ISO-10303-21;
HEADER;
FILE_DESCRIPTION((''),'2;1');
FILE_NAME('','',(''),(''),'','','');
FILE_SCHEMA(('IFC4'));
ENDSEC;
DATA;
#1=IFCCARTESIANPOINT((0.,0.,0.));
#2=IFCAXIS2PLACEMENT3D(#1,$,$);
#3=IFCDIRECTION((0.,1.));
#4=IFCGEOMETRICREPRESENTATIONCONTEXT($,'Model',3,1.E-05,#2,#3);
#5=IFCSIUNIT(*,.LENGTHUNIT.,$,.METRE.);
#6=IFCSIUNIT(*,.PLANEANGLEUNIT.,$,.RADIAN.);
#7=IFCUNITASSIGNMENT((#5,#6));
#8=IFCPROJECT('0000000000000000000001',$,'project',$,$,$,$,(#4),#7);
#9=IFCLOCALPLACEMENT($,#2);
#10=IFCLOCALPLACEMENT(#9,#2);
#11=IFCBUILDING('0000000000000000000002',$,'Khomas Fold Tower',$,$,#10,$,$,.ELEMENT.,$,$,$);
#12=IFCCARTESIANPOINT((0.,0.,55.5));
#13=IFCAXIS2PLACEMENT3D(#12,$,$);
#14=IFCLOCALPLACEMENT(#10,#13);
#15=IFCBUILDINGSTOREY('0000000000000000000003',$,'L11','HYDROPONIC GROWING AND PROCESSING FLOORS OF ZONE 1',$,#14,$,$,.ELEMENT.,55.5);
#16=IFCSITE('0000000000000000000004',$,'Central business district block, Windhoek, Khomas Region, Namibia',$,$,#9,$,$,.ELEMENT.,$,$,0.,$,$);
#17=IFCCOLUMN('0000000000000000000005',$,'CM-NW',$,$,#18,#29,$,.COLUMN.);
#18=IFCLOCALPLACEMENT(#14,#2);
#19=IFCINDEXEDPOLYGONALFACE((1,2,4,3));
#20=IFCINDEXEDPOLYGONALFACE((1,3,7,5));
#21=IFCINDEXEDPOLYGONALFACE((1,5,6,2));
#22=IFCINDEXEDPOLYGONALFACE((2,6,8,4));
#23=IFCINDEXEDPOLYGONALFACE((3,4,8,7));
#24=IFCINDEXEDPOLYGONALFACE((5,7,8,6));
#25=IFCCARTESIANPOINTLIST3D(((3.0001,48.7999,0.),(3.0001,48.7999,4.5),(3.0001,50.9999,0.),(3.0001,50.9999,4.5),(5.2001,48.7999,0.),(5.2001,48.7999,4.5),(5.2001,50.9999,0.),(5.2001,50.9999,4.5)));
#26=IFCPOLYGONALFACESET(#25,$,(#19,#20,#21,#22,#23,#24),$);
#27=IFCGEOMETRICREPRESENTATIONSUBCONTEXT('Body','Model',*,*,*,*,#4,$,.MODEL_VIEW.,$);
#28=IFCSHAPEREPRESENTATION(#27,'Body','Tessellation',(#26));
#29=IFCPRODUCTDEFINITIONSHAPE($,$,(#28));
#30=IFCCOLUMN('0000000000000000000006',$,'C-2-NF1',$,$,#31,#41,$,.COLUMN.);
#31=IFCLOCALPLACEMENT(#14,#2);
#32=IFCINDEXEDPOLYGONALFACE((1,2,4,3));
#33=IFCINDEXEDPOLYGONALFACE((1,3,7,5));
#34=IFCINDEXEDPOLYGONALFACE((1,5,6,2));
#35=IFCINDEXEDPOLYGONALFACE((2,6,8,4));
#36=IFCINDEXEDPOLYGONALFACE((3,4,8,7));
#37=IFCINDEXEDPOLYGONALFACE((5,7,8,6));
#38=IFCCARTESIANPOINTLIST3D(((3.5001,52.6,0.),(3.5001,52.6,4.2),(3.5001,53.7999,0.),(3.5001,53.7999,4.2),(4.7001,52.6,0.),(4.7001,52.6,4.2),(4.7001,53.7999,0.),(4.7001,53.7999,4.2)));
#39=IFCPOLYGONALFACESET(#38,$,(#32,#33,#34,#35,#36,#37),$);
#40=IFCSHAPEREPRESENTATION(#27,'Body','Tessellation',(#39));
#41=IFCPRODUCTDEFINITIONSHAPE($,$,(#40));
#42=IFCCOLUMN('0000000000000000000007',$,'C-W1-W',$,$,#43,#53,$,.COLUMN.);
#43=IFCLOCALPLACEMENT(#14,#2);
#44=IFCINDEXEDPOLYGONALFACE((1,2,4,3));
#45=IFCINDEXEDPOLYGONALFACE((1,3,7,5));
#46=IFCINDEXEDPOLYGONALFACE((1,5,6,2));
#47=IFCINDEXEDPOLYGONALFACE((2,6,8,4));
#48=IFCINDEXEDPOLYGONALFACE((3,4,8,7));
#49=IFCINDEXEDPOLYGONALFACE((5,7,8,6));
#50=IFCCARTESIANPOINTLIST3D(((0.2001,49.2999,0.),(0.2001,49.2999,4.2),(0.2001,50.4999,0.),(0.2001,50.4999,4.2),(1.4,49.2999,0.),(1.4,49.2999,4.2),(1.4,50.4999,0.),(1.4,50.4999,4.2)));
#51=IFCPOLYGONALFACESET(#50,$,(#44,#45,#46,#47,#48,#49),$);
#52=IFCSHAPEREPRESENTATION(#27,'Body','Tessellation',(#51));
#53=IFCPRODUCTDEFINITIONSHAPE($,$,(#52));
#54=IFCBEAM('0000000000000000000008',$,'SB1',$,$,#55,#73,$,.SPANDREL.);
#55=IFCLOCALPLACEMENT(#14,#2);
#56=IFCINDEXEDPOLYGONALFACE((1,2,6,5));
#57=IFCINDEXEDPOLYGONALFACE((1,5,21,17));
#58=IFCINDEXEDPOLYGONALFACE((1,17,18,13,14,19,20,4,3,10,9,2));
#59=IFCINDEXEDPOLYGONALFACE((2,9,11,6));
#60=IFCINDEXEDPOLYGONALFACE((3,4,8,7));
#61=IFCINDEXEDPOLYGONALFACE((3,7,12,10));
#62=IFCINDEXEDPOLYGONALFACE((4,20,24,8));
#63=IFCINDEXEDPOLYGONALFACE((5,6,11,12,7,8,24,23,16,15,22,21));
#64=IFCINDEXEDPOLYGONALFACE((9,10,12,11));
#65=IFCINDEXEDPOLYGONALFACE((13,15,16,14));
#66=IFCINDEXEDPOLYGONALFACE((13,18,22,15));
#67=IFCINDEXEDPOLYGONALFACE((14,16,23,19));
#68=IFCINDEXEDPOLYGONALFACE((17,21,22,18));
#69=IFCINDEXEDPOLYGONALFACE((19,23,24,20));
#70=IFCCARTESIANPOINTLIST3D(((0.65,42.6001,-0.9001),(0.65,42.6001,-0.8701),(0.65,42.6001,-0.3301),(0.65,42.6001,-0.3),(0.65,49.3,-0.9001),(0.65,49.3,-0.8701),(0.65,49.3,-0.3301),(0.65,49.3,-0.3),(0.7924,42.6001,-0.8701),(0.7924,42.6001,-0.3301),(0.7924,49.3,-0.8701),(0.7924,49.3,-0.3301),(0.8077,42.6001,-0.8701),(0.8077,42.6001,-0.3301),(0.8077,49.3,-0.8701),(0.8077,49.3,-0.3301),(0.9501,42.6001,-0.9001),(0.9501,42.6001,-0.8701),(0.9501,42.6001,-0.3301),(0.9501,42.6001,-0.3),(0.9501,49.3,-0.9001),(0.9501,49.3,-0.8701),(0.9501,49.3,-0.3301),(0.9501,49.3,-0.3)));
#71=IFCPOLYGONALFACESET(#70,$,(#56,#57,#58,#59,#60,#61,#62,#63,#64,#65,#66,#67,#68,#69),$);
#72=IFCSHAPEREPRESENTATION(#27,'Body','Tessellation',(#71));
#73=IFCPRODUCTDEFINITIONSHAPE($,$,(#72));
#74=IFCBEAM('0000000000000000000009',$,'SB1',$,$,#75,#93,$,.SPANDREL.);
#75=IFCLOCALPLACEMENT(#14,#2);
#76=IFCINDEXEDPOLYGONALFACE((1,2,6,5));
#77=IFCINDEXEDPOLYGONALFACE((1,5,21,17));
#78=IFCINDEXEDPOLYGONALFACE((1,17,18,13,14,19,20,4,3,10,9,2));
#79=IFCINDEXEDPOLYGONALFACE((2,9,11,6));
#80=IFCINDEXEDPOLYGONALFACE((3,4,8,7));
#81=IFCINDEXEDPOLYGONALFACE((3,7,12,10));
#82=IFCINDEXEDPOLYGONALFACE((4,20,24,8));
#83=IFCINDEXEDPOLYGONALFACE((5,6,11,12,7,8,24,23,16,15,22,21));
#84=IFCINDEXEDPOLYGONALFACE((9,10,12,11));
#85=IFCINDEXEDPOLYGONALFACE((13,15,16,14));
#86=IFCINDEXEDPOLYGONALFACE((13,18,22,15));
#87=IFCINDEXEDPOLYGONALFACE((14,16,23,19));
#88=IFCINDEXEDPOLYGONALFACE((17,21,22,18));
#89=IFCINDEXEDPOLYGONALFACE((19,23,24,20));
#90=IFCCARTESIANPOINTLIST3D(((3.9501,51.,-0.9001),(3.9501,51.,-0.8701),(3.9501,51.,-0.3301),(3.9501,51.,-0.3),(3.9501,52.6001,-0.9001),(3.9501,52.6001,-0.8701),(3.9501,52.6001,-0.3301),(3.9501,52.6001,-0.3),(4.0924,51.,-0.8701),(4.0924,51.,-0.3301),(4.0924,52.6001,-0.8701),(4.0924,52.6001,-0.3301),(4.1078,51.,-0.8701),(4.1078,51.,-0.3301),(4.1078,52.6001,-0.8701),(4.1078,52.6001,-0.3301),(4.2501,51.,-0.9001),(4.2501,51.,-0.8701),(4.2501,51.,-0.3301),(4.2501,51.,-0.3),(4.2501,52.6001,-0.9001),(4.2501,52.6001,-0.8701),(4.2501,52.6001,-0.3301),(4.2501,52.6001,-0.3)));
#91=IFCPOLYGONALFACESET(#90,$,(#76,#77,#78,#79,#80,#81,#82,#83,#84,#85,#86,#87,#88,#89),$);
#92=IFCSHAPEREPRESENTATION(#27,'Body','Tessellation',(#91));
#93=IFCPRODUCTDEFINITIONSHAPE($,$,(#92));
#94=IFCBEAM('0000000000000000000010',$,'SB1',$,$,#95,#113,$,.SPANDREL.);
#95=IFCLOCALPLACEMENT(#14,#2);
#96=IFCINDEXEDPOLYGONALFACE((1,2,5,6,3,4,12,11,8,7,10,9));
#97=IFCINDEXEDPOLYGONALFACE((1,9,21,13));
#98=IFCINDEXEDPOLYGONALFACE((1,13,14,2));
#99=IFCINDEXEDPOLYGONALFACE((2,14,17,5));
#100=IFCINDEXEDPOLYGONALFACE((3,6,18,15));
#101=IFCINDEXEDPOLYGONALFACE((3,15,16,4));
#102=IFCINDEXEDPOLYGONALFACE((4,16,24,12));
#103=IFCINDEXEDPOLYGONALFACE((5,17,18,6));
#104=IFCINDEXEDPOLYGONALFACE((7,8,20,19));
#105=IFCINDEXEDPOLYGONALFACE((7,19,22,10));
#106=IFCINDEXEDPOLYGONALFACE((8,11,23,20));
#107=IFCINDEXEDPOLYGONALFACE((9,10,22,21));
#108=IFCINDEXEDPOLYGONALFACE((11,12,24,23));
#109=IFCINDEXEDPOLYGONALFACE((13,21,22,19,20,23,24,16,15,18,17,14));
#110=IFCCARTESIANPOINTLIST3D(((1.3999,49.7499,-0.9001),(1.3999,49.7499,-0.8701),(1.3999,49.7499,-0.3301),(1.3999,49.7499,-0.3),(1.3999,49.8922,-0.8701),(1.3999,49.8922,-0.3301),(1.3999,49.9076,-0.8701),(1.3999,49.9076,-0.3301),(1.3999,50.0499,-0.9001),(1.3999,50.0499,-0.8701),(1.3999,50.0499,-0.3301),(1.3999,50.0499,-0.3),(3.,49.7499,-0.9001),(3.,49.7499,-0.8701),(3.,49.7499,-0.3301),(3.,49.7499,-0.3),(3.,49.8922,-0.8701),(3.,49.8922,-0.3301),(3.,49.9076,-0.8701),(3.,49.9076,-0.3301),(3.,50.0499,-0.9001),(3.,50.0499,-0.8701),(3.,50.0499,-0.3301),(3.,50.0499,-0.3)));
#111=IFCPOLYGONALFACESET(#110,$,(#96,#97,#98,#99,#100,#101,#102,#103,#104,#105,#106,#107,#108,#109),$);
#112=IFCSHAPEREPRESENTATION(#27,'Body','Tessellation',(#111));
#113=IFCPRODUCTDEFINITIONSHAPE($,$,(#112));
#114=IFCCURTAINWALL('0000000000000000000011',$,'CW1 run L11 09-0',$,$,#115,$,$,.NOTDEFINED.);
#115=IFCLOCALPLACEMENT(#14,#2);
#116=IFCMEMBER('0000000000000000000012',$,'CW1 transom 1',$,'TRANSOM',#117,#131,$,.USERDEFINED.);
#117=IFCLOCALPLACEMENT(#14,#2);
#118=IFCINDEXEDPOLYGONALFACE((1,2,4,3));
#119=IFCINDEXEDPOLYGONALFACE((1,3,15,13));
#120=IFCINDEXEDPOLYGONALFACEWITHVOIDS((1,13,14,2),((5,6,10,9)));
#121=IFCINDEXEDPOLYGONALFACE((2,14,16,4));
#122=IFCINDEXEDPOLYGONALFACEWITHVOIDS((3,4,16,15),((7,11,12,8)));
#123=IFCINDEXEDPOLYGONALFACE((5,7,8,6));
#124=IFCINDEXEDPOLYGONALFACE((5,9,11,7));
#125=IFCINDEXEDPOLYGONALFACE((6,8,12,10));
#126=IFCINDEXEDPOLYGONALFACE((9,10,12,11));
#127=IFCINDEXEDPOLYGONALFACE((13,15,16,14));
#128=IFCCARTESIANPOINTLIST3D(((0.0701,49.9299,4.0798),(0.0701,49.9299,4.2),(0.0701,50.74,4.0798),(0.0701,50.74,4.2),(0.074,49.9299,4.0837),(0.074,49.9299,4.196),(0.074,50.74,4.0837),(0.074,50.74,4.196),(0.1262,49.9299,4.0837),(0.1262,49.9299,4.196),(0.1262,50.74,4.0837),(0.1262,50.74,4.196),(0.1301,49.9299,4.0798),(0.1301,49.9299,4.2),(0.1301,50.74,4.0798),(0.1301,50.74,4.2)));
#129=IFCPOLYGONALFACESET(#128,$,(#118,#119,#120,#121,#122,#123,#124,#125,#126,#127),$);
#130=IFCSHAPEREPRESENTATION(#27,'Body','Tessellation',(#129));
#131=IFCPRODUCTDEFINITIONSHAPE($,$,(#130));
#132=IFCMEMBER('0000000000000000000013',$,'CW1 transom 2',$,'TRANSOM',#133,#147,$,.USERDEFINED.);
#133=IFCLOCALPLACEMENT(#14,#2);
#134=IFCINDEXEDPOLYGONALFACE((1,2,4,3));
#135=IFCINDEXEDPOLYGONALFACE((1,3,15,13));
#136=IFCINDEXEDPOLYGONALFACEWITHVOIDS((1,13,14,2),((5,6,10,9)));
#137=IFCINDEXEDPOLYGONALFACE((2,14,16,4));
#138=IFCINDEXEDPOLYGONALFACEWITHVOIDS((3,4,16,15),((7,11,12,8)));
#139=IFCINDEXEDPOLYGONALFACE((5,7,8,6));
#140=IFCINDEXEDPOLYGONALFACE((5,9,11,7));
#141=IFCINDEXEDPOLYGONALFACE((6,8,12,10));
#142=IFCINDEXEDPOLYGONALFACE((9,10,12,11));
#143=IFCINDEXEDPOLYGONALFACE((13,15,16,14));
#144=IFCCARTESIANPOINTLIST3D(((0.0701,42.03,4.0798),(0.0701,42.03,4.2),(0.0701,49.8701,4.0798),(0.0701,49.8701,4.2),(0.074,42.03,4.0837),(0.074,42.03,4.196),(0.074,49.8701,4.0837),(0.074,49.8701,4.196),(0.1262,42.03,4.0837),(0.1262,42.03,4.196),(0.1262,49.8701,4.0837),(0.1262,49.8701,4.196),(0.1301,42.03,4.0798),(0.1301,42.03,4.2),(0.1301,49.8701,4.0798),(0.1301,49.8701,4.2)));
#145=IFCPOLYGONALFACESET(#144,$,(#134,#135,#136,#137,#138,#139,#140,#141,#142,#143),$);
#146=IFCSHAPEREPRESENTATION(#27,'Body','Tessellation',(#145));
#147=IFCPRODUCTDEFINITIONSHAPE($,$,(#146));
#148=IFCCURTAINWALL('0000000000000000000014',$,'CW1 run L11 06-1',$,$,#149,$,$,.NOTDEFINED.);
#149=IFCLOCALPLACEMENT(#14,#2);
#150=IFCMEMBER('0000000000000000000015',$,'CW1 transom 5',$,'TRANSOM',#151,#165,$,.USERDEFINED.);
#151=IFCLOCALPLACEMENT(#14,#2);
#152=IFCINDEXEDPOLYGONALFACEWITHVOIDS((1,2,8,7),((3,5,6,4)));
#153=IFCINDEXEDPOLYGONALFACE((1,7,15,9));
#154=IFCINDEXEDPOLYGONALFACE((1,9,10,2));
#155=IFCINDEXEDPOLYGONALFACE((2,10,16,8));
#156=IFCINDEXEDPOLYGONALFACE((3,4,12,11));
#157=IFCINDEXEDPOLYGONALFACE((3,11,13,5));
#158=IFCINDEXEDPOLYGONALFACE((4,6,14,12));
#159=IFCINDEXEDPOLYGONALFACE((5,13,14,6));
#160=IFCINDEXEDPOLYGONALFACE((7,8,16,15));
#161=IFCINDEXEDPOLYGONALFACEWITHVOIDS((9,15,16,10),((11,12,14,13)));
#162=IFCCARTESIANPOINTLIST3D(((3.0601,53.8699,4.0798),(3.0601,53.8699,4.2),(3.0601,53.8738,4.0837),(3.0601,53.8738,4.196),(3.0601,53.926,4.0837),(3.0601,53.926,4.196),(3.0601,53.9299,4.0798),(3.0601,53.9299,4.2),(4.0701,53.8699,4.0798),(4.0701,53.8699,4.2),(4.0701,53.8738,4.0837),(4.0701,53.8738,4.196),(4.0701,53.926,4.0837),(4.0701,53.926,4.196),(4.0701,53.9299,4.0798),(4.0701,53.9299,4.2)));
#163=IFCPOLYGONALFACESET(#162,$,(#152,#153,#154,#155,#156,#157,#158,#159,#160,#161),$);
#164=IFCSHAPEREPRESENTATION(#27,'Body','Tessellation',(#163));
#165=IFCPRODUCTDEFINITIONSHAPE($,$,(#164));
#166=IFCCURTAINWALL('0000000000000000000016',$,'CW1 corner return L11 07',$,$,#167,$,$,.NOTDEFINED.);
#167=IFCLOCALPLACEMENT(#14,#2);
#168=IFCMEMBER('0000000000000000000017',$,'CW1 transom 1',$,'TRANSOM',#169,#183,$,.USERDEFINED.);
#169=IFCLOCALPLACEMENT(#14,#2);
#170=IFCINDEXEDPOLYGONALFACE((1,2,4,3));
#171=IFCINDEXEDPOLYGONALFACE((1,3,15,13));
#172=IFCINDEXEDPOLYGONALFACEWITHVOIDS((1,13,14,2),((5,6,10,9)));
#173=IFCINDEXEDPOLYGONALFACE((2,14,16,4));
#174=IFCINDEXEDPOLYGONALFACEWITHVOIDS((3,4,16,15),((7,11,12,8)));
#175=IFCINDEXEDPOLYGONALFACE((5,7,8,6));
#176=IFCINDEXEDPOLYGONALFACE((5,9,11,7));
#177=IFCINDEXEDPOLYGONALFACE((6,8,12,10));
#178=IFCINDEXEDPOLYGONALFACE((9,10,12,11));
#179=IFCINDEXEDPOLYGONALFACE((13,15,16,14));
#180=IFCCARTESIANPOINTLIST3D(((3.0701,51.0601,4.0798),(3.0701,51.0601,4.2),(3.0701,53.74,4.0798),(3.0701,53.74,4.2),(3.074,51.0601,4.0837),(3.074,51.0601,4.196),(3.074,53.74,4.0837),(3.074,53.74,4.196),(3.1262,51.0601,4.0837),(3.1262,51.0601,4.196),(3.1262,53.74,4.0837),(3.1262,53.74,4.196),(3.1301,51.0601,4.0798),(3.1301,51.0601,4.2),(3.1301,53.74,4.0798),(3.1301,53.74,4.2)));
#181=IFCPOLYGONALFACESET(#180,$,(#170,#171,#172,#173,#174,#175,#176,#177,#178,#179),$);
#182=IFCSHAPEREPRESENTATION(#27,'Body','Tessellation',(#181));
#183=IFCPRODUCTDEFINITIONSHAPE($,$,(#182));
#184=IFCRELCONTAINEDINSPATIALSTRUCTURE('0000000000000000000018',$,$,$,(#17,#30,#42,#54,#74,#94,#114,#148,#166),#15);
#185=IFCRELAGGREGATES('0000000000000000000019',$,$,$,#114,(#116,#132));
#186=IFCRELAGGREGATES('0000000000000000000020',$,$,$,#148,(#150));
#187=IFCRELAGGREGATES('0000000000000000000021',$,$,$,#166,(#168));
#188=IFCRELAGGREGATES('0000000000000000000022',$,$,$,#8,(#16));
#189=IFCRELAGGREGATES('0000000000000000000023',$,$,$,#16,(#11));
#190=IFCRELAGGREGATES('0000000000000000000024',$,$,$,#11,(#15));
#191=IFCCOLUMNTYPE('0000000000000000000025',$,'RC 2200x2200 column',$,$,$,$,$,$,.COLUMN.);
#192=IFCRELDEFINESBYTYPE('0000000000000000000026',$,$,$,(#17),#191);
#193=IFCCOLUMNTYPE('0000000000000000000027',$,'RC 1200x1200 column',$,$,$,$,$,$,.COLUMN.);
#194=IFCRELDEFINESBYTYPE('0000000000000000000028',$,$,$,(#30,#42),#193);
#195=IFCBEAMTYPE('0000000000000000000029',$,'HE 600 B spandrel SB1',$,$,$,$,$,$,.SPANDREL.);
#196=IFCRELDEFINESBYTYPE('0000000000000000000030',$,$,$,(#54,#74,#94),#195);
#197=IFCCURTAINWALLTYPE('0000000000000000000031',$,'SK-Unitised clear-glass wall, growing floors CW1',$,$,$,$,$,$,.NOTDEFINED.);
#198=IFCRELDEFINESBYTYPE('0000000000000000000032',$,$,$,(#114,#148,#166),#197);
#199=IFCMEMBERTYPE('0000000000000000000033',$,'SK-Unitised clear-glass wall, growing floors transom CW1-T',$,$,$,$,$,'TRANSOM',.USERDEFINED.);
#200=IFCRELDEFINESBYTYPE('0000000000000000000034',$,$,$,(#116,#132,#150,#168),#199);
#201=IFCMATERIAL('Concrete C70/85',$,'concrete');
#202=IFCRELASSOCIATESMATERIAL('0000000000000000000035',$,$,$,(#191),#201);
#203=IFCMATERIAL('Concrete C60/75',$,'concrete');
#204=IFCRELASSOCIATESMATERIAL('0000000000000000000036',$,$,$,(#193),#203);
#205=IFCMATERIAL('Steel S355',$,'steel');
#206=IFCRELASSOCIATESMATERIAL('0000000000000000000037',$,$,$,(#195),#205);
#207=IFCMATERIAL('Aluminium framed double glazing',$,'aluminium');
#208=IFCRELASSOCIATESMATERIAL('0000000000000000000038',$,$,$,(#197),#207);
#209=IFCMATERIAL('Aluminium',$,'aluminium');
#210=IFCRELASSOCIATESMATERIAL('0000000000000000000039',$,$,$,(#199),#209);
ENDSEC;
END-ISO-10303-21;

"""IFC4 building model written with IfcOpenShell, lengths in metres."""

from ifc_helpers import new_model, si_unit, direction, frame, origin, origin_2d, place, context, subcontext, project, spatial, rectangle, hollow_rectangle, i_section, extrude, source, transform, mapped, material, material_profile, profile_set, type_object, element, aggregate, save


model = new_model("IFC4")

# Units and contexts
model_context = context("Model", 3, precision=1e-05, world=origin(), true_north=direction((0.0, 1.0)))
body_context = subcontext(model_context, "Body", "Model", "MODEL_VIEW")
ifc_project = project(units=[si_unit("LENGTHUNIT", "METRE"), si_unit("PLANEANGLEUNIT", "RADIAN")], contexts=[model_context])

# Site, building, storey
site_placement = place(None, origin())
site = spatial("IfcSite", under=ifc_project, at=site_placement, Name="Central business district block, Windhoek, Khomas Region, Namibia", CompositionType="ELEMENT", RefElevation=0.0)
building_placement = place(site_placement, origin())
building = spatial("IfcBuilding", under=site, at=building_placement, Name="Khomas Fold Tower", CompositionType="ELEMENT")
storey_placement = place(building_placement, frame((0.0, 0.0, 55.5)))
storey = spatial("IfcBuildingStorey", under=building, at=storey_placement, Name="L11", Description="HYDROPONIC GROWING AND PROCESSING FLOORS OF ZONE 1", CompositionType="ELEMENT", Elevation=55.5)

# Columns
ifc_material_1 = material(Name="Concrete C70/85", Category="concrete")
ifc_material_profile_1 = material_profile(ifc_material_1, rectangle(XDim=2.2, YDim=2.2, at=origin_2d()), Name="RC 2200x2200")
ifc_profile_set_1 = profile_set([ifc_material_profile_1], Name="Concrete C70/85")
column_type_1 = type_object("IfcColumnType", Name="RC 2200x2200 column", PredefinedType="COLUMN", material=ifc_profile_set_1)
shared_shape_1 = source(origin(), body_context, "Body", "SweptSolid", [
    extrude(rectangle(XDim=2.2, YDim=2.2, at=origin_2d()), origin(), (0.0, 0.0, 1.0), 4.5),
])
column_placement = place(storey_placement, frame((4.1001, 49.8999, 0.0), z_axis=(0.0, 0.0, 1.0), x_axis=(1.0, 0.0, 0.0)))
element("IfcColumn", 1, at=column_placement, inside=storey, type_object=column_type_1, Name="CM-NW", PredefinedType="COLUMN", context=body_context, shape_type="MappedRepresentation", body=[
    mapped(shared_shape_1, transform((0.0, 0.0, 0.0))),
])
ifc_material_2 = material(Name="Concrete C60/75", Category="concrete")
ifc_material_profile_2 = material_profile(ifc_material_2, rectangle(XDim=1.2, YDim=1.2, at=origin_2d()), Name="RC 1200x1200")
ifc_profile_set_2 = profile_set([ifc_material_profile_2], Name="Concrete C60/75")
column_type_2 = type_object("IfcColumnType", Name="RC 1200x1200 column", PredefinedType="COLUMN", material=ifc_profile_set_2)
shared_shape_2 = source(origin(), body_context, "Body", "SweptSolid", [
    extrude(rectangle(XDim=1.2, YDim=1.2, at=origin_2d()), origin(), (0.0, 0.0, 1.0), 4.2),
])
for number, where, z_axis, x_axis, name in (
    (2, (4.1001, 53.2, 0.0), (0.0, 0.0, 1.0), (1.0, 0.0, 0.0), "C-2-NF1"),
    (3, (0.8, 49.8999, 0.0), (0.0, 0.0, 1.0), (1.0, 0.0, 0.0), "C-W1-W"),
):
    element("IfcColumn", number, at=place(storey_placement, frame(where, z_axis=z_axis, x_axis=x_axis)), inside=storey, type_object=column_type_2, Name=name, PredefinedType="COLUMN", context=body_context, shape_type="MappedRepresentation", body=[
        mapped(shared_shape_2, transform((0.0, 0.0, 0.0))),
    ])

# Beams
ifc_material_3 = material(Name="Steel S355", Category="steel")
ifc_material_profile_3 = material_profile(ifc_material_3, i_section(OverallWidth=0.3, OverallDepth=0.6001, WebThickness=0.0154, FlangeThickness=0.03, at=origin_2d()), Name="HE 600 B")
ifc_profile_set_3 = profile_set([ifc_material_profile_3], Name="Steel S355")
beam_type = type_object("IfcBeamType", Name="HE 600 B spandrel SB1", PredefinedType="SPANDREL", material=ifc_profile_set_3)
shared_shape_3 = source(origin(), body_context, "Body", "SweptSolid", [
    extrude(i_section(OverallWidth=0.3, OverallDepth=0.6001, WebThickness=0.0154, FlangeThickness=0.03, at=origin_2d()), origin(), (0.0, 0.0, 1.0), 6.7),
])
beam_placement = place(storey_placement, frame((0.8, 42.6001, -0.6001), z_axis=(0.0, 1.0, 0.0), x_axis=(-1.0, 0.0, 0.0)))
element("IfcBeam", 4, at=beam_placement, inside=storey, type_object=beam_type, Name="SB1", PredefinedType="SPANDREL", context=body_context, shape_type="MappedRepresentation", body=[
    mapped(shared_shape_3, transform((0.0, 0.0, 0.0))),
])
shared_shape_4 = source(origin(), body_context, "Body", "SweptSolid", [
    extrude(i_section(OverallWidth=0.3, OverallDepth=0.6001, WebThickness=0.0154, FlangeThickness=0.03, at=origin_2d()), origin(), (0.0, 0.0, 1.0), 1.6001),
])
for number, where, z_axis, x_axis, name in (
    (5, (4.1001, 51.0, -0.6001), (0.0, 1.0, 0.0), (-1.0, 0.0, 0.0), "SB1"),
    (6, (1.3999, 49.8999, -0.6001), (1.0, 0.0, 0.0), (0.0, 1.0, 0.0), "SB1"),
):
    element("IfcBeam", number, at=place(storey_placement, frame(where, z_axis=z_axis, x_axis=x_axis)), inside=storey, type_object=beam_type, Name=name, PredefinedType="SPANDREL", context=body_context, shape_type="MappedRepresentation", body=[
        mapped(shared_shape_4, transform((0.0, 0.0, 0.0))),
    ])

# Curtain wall, members
ifc_material_4 = material(Name="Aluminium framed double glazing", Category="aluminium")
curtain_wall_type = type_object("IfcCurtainWallType", Name="SK-Unitised clear-glass wall, growing floors CW1", PredefinedType="NOTDEFINED", material=ifc_material_4)
curtain_wall_1_placement = place(storey_placement, origin())
curtain_wall_1 = element("IfcCurtainWall", 7, at=curtain_wall_1_placement, inside=storey, type_object=curtain_wall_type, Name="CW1 run L11 09-0", PredefinedType="NOTDEFINED")
ifc_material_5 = material(Name="Aluminium", Category="aluminium")
ifc_material_profile_4 = material_profile(ifc_material_5, hollow_rectangle(XDim=0.0601, YDim=0.1201, WallThickness=0.0039, at=origin_2d()), Name="SK-Unitised clear-glass wall, growing floors transom CW1-T")
ifc_profile_set_4 = profile_set([ifc_material_profile_4], Name="Aluminium")
member_type_1 = type_object("IfcMemberType", Name="SK-Unitised clear-glass wall, growing floors transom CW1-T", ElementType="TRANSOM", PredefinedType="USERDEFINED", material=ifc_profile_set_4)
shared_shape_5 = source(origin(), body_context, "Body", "SweptSolid", [
    extrude(hollow_rectangle(XDim=0.0601, YDim=0.1201, WallThickness=0.0039, at=origin_2d()), origin(), (0.0, 0.0, 1.0), 0.8101),
])
member_1_placement = place(storey_placement, frame((0.1001, 50.74, 4.1399), z_axis=(0.0, -1.0, 0.0), x_axis=(1.0, 0.0, 0.0)))
member_1 = element("IfcMember", 8, at=member_1_placement, type_object=member_type_1, Name="CW1 transom 1", ObjectType="TRANSOM", PredefinedType="USERDEFINED", context=body_context, shape_type="MappedRepresentation", body=[
    mapped(shared_shape_5, transform((0.0, 0.0, 0.0))),
])
shared_shape_6 = source(origin(), body_context, "Body", "SweptSolid", [
    extrude(hollow_rectangle(XDim=0.0601, YDim=0.1201, WallThickness=0.0039, at=origin_2d()), origin(), (0.0, 0.0, 1.0), 7.8401),
])
member_2_placement = place(storey_placement, frame((0.1001, 49.8701, 4.1399), z_axis=(0.0, -1.0, 0.0), x_axis=(1.0, 0.0, 0.0)))
member_2 = element("IfcMember", 9, at=member_2_placement, type_object=member_type_1, Name="CW1 transom 2", ObjectType="TRANSOM", PredefinedType="USERDEFINED", context=body_context, shape_type="MappedRepresentation", body=[
    mapped(shared_shape_6, transform((0.0, 0.0, 0.0))),
])

# Curtain walls, members
curtain_wall_2_placement = place(storey_placement, origin())
curtain_wall_2 = element("IfcCurtainWall", 10, at=curtain_wall_2_placement, inside=storey, type_object=curtain_wall_type, Name="CW1 run L11 06-1", PredefinedType="NOTDEFINED")
shared_shape_7 = source(origin(), body_context, "Body", "SweptSolid", [
    extrude(hollow_rectangle(XDim=0.0601, YDim=0.1201, WallThickness=0.0039, at=origin_2d()), origin(), (0.0, 0.0, 1.0), 1.01),
])
member_3_placement = place(storey_placement, frame((4.0701, 53.8999, 4.1399), z_axis=(-1.0, 0.0, 0.0), x_axis=(0.0, -1.0, 0.0)))
member_3 = element("IfcMember", 11, at=member_3_placement, type_object=member_type_1, Name="CW1 transom 5", ObjectType="TRANSOM", PredefinedType="USERDEFINED", context=body_context, shape_type="MappedRepresentation", body=[
    mapped(shared_shape_7, transform((0.0, 0.0, 0.0))),
])
curtain_wall_3_placement = place(storey_placement, origin())
curtain_wall_3 = element("IfcCurtainWall", 12, at=curtain_wall_3_placement, inside=storey, type_object=curtain_wall_type, Name="CW1 corner return L11 07", PredefinedType="NOTDEFINED")
shared_shape_8 = source(origin(), body_context, "Body", "SweptSolid", [
    extrude(hollow_rectangle(XDim=0.0601, YDim=0.1201, WallThickness=0.0039, at=origin_2d()), origin(), (0.0, 0.0, 1.0), 2.6799),
])
member_4_placement = place(storey_placement, frame((3.1001, 53.74, 4.1399), z_axis=(0.0, -1.0, 0.0), x_axis=(1.0, 0.0, 0.0)))
member_4 = element("IfcMember", 13, at=member_4_placement, type_object=member_type_1, Name="CW1 transom 1", ObjectType="TRANSOM", PredefinedType="USERDEFINED", context=body_context, shape_type="MappedRepresentation", body=[
    mapped(shared_shape_8, transform((0.0, 0.0, 0.0))),
])

aggregate(curtain_wall_1, [member_1, member_2])
aggregate(curtain_wall_2, [member_3])
aggregate(curtain_wall_3, [member_4])

save(model, "model.ifc")
